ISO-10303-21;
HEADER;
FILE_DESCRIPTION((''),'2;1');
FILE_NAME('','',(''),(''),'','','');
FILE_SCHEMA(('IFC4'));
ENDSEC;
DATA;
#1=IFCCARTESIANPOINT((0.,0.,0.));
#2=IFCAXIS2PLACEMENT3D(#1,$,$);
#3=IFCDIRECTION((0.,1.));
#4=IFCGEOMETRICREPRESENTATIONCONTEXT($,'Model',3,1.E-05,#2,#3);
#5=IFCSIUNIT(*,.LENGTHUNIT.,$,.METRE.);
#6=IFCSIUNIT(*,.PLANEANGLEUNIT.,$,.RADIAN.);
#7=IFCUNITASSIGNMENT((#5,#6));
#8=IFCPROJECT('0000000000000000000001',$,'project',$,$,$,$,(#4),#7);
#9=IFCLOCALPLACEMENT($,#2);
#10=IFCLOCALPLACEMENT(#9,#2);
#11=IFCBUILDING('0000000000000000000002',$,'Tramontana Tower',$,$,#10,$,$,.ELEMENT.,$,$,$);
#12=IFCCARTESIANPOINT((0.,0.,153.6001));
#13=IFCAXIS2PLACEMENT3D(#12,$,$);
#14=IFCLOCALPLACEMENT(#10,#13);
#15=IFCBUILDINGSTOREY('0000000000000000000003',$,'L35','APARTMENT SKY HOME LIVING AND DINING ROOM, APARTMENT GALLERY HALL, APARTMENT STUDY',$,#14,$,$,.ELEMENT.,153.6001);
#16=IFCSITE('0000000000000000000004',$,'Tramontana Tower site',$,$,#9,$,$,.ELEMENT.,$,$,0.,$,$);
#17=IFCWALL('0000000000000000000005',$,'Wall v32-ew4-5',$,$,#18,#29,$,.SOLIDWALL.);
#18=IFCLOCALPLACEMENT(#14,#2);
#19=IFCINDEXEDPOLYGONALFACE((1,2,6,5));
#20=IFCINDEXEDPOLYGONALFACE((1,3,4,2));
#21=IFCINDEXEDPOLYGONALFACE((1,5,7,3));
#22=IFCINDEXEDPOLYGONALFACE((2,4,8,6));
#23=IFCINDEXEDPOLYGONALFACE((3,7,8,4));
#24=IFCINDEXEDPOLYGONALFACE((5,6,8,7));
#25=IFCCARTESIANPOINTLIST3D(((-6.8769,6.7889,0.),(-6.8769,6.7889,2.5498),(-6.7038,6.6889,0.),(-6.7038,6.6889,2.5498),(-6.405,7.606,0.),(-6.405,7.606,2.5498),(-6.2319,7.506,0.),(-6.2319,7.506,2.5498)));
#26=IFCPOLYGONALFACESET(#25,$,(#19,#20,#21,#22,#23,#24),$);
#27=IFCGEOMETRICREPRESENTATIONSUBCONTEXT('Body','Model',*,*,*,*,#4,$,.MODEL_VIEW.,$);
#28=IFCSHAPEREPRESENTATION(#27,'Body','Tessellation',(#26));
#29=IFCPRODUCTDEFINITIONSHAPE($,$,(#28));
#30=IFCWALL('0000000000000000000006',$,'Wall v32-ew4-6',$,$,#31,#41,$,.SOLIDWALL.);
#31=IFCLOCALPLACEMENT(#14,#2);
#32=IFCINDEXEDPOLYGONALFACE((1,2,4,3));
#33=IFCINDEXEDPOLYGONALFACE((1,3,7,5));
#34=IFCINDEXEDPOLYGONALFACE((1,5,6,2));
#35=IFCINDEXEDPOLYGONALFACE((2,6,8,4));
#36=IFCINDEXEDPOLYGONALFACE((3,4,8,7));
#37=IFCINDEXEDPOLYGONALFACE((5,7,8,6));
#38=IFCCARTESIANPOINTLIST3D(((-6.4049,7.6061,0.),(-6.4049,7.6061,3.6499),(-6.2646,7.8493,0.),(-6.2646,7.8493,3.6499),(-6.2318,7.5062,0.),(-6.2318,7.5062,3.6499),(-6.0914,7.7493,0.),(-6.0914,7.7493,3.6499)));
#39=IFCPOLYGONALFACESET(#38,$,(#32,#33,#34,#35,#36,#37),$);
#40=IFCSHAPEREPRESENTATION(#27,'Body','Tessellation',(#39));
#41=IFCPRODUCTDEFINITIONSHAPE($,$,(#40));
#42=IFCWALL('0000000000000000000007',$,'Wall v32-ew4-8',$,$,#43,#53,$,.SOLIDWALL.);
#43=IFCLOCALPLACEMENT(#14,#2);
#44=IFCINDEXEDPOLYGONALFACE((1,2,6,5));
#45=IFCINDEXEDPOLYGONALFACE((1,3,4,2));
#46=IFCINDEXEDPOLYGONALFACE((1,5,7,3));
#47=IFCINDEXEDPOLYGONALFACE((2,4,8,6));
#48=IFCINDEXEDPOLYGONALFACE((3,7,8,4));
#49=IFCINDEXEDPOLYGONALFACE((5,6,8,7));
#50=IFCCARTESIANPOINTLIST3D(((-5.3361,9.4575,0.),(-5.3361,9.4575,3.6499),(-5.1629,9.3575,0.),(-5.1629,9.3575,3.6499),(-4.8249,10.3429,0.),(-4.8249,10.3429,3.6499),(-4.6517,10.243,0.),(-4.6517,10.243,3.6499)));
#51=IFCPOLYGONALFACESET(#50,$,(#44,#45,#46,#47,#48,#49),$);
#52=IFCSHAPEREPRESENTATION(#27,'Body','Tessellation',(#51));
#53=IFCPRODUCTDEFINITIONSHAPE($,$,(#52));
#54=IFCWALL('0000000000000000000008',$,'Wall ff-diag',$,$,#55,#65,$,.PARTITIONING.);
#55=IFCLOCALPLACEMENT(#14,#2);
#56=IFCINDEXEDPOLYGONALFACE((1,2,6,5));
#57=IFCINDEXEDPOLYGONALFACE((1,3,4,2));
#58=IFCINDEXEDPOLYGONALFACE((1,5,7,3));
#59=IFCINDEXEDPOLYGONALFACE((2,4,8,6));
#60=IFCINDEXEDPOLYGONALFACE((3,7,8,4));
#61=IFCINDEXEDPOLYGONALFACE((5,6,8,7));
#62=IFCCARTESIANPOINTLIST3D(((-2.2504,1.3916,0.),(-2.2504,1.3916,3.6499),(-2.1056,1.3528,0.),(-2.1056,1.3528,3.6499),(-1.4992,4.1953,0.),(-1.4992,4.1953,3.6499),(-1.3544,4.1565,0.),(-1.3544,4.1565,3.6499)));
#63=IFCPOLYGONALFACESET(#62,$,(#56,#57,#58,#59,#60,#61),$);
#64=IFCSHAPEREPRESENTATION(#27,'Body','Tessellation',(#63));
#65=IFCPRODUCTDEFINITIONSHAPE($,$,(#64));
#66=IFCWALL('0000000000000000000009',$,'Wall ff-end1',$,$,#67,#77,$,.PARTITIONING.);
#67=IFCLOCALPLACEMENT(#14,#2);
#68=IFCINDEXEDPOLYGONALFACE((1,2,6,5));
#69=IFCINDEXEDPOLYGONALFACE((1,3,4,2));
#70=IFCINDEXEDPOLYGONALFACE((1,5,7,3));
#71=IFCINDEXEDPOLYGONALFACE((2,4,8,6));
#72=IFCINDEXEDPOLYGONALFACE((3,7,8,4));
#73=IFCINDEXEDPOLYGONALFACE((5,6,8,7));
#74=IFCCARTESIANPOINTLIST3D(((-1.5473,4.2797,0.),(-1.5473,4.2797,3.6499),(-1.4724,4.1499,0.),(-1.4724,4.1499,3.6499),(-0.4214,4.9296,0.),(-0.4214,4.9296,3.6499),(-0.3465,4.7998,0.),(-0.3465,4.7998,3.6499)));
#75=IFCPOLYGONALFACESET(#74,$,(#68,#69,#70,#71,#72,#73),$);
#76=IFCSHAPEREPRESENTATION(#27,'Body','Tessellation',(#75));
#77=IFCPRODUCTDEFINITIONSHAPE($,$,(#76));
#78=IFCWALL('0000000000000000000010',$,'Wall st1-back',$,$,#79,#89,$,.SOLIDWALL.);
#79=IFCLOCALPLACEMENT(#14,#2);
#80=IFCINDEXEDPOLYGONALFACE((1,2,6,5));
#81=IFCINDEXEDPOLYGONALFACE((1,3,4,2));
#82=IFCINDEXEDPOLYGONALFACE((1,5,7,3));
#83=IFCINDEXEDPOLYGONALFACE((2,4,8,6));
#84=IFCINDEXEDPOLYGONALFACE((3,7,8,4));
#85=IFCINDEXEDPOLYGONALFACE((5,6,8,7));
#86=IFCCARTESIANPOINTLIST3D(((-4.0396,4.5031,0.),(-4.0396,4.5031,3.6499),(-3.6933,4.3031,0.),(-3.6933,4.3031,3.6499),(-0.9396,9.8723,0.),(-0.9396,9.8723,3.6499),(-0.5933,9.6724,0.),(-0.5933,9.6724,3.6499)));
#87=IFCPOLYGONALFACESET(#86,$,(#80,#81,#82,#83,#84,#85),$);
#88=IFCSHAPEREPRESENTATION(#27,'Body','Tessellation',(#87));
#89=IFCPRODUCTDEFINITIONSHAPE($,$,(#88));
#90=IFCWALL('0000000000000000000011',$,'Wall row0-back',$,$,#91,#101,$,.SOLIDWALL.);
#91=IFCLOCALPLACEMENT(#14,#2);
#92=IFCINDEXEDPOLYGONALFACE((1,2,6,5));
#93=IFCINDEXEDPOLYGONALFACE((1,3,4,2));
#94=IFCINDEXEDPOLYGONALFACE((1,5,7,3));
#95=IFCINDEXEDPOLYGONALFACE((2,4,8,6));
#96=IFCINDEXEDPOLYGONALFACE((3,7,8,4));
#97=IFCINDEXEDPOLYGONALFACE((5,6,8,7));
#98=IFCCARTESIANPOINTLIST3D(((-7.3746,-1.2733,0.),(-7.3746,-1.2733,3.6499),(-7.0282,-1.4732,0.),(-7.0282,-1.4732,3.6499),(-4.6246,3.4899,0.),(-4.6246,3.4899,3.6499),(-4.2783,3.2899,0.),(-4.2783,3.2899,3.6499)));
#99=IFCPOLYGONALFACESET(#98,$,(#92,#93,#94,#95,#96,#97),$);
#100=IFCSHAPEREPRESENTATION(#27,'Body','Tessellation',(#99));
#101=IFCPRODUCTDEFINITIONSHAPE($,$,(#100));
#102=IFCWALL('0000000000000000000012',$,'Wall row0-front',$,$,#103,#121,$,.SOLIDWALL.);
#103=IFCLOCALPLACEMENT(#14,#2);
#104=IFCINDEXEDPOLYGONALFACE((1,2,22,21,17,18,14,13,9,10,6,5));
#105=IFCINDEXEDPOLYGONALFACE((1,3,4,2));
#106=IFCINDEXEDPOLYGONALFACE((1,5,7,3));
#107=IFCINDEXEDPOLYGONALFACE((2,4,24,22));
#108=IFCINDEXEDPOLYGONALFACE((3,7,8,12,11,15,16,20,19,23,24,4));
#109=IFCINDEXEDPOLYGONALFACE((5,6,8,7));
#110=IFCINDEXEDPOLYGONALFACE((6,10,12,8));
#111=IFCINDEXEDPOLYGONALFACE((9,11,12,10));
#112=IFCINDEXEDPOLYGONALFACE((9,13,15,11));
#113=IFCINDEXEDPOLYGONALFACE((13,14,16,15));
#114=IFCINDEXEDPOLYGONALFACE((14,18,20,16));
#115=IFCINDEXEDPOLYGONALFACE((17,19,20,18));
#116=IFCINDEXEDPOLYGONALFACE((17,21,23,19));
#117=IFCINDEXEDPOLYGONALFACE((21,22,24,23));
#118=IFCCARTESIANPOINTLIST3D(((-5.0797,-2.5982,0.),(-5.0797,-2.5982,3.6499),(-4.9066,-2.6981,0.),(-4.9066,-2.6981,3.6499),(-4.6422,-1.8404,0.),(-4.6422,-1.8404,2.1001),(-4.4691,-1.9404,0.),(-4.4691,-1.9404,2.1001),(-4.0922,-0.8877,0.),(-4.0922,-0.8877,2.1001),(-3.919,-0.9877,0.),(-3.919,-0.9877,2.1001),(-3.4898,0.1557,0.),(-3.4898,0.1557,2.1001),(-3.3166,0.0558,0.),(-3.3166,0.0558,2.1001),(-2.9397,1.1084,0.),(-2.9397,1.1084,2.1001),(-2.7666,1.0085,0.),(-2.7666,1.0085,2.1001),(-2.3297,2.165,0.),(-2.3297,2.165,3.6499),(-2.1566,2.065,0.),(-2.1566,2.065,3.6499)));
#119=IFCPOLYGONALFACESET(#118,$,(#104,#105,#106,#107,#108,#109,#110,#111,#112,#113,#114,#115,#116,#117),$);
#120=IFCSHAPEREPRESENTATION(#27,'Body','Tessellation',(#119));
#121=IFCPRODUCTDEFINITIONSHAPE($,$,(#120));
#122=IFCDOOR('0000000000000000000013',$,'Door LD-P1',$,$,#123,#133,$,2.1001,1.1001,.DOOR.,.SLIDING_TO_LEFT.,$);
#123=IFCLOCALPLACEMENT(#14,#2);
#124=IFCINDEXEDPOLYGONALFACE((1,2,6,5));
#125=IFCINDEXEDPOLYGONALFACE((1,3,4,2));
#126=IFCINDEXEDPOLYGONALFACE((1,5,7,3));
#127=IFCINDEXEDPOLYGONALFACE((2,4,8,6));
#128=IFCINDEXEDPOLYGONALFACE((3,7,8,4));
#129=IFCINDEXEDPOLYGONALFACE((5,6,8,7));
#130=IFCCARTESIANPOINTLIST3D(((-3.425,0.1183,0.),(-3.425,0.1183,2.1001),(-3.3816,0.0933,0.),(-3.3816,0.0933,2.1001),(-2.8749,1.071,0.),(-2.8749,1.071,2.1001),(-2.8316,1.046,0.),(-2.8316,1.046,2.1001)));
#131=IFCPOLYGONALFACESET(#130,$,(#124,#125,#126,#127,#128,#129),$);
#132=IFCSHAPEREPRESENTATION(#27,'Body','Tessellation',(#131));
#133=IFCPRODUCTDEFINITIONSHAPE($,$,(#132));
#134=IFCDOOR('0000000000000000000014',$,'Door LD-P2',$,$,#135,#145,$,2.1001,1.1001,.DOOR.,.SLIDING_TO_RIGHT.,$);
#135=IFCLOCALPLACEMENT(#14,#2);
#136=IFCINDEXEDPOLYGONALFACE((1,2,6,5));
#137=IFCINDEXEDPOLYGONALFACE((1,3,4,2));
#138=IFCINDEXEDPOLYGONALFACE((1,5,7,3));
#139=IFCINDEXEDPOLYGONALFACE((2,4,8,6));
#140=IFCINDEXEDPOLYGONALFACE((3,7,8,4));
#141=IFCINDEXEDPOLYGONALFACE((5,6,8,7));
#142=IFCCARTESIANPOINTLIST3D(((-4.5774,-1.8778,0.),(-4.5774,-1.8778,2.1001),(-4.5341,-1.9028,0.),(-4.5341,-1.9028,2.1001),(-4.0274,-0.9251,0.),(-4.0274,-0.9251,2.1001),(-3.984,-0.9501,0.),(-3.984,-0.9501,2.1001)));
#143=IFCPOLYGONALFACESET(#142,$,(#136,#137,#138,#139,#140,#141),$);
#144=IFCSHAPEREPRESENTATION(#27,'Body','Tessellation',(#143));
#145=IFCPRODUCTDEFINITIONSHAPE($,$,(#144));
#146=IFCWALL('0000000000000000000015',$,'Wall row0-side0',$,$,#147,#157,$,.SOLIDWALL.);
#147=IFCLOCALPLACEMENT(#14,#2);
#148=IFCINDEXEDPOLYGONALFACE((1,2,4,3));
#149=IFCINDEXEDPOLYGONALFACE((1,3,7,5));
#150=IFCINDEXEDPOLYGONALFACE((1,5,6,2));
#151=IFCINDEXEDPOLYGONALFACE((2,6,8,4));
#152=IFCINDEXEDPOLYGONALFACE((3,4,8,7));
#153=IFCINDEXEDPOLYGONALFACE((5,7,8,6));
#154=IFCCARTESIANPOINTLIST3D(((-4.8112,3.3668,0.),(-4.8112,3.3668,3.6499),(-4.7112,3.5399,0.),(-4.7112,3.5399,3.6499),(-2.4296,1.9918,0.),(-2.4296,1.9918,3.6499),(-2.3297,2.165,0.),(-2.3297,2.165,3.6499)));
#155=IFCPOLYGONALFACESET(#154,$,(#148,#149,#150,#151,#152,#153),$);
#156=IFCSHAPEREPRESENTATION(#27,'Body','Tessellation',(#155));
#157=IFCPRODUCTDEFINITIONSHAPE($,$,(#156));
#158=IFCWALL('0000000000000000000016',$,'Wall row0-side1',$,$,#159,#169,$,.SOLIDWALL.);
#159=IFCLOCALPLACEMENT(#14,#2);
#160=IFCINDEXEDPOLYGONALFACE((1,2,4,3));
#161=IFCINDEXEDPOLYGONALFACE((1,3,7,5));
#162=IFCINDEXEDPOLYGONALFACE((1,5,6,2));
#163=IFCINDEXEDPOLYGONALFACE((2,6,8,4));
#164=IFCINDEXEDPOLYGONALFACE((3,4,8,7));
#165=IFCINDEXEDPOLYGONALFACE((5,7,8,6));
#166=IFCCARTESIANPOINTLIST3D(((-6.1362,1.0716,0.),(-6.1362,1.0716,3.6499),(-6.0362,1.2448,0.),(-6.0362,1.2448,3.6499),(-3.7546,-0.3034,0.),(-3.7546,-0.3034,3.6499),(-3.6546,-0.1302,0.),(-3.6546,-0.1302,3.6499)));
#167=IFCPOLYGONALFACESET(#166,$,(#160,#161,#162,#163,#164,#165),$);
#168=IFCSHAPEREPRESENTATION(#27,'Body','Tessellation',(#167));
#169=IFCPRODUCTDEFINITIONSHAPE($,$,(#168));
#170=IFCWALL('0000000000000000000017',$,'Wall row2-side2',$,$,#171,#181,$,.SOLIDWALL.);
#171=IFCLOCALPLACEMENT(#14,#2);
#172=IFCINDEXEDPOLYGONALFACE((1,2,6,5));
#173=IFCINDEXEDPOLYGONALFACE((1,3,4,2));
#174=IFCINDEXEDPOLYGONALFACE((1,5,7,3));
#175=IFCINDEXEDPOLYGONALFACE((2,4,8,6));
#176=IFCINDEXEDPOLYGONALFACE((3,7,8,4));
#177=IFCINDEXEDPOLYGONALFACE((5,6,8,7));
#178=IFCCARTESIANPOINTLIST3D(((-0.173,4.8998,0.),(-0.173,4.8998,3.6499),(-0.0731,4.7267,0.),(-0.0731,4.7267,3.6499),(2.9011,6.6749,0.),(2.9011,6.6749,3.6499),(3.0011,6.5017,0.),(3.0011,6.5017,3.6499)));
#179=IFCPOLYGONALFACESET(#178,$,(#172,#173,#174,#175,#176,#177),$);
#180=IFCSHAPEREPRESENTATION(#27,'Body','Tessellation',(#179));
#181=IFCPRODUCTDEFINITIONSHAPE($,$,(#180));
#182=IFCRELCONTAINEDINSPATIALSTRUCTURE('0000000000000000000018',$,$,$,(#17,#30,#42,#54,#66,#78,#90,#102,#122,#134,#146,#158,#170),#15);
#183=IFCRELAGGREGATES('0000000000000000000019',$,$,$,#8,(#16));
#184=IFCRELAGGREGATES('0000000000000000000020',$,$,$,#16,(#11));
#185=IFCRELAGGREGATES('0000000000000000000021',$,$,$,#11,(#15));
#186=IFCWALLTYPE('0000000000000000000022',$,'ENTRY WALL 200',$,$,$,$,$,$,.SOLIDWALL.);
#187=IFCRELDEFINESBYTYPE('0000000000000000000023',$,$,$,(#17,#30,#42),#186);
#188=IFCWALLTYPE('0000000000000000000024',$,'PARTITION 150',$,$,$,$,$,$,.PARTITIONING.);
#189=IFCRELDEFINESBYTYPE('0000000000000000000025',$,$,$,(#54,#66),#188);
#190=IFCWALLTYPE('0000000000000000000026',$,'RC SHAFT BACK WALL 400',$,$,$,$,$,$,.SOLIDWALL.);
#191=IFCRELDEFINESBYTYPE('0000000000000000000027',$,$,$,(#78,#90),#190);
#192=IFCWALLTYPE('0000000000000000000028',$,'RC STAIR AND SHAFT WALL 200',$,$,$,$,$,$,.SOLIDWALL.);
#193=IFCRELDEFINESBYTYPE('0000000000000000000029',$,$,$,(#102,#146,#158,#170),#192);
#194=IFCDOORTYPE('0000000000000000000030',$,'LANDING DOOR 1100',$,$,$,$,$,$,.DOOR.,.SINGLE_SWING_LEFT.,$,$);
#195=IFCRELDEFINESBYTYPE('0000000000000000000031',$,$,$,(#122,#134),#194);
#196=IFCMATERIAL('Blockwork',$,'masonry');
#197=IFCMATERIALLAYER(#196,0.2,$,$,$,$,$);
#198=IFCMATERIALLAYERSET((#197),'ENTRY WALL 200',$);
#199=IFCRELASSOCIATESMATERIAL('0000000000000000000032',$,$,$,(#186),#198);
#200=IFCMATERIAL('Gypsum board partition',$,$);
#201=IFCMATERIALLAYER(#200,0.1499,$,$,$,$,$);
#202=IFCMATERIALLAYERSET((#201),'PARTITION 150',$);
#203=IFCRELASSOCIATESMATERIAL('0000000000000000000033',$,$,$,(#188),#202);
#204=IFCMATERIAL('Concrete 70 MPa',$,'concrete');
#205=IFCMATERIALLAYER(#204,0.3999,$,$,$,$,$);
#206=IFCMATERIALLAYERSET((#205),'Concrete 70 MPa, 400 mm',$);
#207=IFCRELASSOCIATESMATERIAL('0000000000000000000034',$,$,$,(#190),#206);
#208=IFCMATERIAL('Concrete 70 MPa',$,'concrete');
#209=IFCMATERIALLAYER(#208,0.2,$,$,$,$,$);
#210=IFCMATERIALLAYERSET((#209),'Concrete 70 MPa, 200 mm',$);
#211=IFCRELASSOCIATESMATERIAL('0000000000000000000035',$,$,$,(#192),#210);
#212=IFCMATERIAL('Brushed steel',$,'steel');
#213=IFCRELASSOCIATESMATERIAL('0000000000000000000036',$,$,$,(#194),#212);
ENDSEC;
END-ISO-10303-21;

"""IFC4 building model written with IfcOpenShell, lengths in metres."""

from ifc_helpers import new_model, si_unit, direction, frame, frame_2d, origin, place, context, subcontext, project, spatial, rectangle, extrude, material, layer, layer_set, type_object, element, fill, save


model = new_model("IFC4")

# Units and contexts
model_context = context("Model", 3, precision=1e-05, world=origin(), true_north=direction((0.0, 1.0)))
body_context = subcontext(model_context, "Body", "Model", "MODEL_VIEW")
ifc_project = project(units=[si_unit("LENGTHUNIT", "METRE"), si_unit("PLANEANGLEUNIT", "RADIAN")], contexts=[model_context])

# Site, building, storey
site_placement = place(None, origin())
site = spatial("IfcSite", under=ifc_project, at=site_placement, Name="Tramontana Tower site", CompositionType="ELEMENT", RefElevation=0.0)
building_placement = place(site_placement, origin())
building = spatial("IfcBuilding", under=site, at=building_placement, Name="Tramontana Tower", CompositionType="ELEMENT")
storey_placement = place(building_placement, frame((0.0, 0.0, 153.6001)))
storey = spatial("IfcBuildingStorey", under=building, at=storey_placement, Name="L35", Description="APARTMENT SKY HOME LIVING AND DINING ROOM, APARTMENT GALLERY HALL, APARTMENT STUDY", CompositionType="ELEMENT", Elevation=153.6001)

# Walls
ifc_material_1 = material(Name="Blockwork", Category="masonry")
ifc_layer_1 = layer(ifc_material_1, 0.2)
ifc_layer_set_1 = layer_set([ifc_layer_1], Name="ENTRY WALL 200")
wall_type_1 = type_object("IfcWallType", Name="ENTRY WALL 200", PredefinedType="SOLIDWALL", material=ifc_layer_set_1)
wall_1_placement = place(storey_placement, frame((-6.7903, 6.739, 0.0), z_axis=(0.0, 0.0, 1.0), x_axis=(0.500118, 0.865957, 0.0)))
element("IfcWall", 1, at=wall_1_placement, inside=storey, type_object=wall_type_1, Name="Wall v32-ew4-5", PredefinedType="SOLIDWALL", context=body_context, shape_type="SweptSolid", body=[
    extrude(rectangle(XDim=0.9436, YDim=0.2, at=frame_2d((0.4717, 0.0))), origin(), (0.0, 0.0, 1.0), 2.5498),
])
wall_2_placement = place(storey_placement, frame((-6.3184, 7.5562, 0.0), z_axis=(0.0, 0.0, 1.0), x_axis=(0.499973, 0.866041, 0.0)))
element("IfcWall", 2, at=wall_2_placement, inside=storey, type_object=wall_type_1, Name="Wall v32-ew4-6", PredefinedType="SOLIDWALL", context=body_context, shape_type="SweptSolid", body=[
    extrude(rectangle(XDim=0.2808, YDim=0.2, at=frame_2d((0.1404, 0.0))), origin(), (0.0, 0.0, 1.0), 3.6499),
])

# Walls
wall_3_placement = place(storey_placement, frame((-5.2495, 9.4075, 0.0), z_axis=(0.0, 0.0, 1.0), x_axis=(0.499991, 0.866031, 0.0)))
element("IfcWall", 3, at=wall_3_placement, inside=storey, type_object=wall_type_1, Name="Wall v32-ew4-8", PredefinedType="SOLIDWALL", context=body_context, shape_type="SweptSolid", body=[
    extrude(rectangle(XDim=1.0225, YDim=0.2, at=frame_2d((0.5112, 0.0))), origin(), (0.0, 0.0, 1.0), 3.6499),
])
ifc_material_2 = material(Name="Gypsum board partition")
ifc_layer_2 = layer(ifc_material_2, 0.1499)
ifc_layer_set_2 = layer_set([ifc_layer_2], Name="PARTITION 150")
wall_type_2 = type_object("IfcWallType", Name="PARTITION 150", PredefinedType="PARTITIONING", material=ifc_layer_set_2)
wall_4_placement = place(storey_placement, frame((-2.178, 1.3723, 0.0), z_axis=(0.0, 0.0, 1.0), x_axis=(0.258809, 0.965929, 0.0)))
element("IfcWall", 4, at=wall_4_placement, inside=storey, type_object=wall_type_2, Name="Wall ff-diag", PredefinedType="PARTITIONING", context=body_context, shape_type="SweptSolid", body=[
    extrude(rectangle(XDim=2.9026, YDim=0.1499, at=frame_2d((1.4512, 0.0))), origin(), (0.0, 0.0, 1.0), 3.6499),
])
wall_5_placement = place(storey_placement, frame((-1.5098, 4.2148, 0.0), z_axis=(0.0, 0.0, 1.0), x_axis=(0.866086, 0.499896, 0.0)))
element("IfcWall", 5, at=wall_5_placement, inside=storey, type_object=wall_type_2, Name="Wall ff-end1", PredefinedType="PARTITIONING", context=body_context, shape_type="SweptSolid", body=[
    extrude(rectangle(XDim=1.3, YDim=0.1499, at=frame_2d((0.6499, 0.0))), origin(), (0.0, 0.0, 1.0), 3.6499),
])
ifc_material_3 = material(Name="Concrete 70 MPa", Category="concrete")
ifc_layer_3 = layer(ifc_material_3, 0.3999)
ifc_layer_set_3 = layer_set([ifc_layer_3], Name="Concrete 70 MPa, 400 mm")
wall_type_3 = type_object("IfcWallType", Name="RC SHAFT BACK WALL 400", PredefinedType="SOLIDWALL", material=ifc_layer_set_3)
wall_6_placement = place(storey_placement, frame((-0.7664, 9.7725, 0.0), z_axis=(0.0, 0.0, 1.0), x_axis=(-0.50001, -0.86602, 0.0)))
element("IfcWall", 6, at=wall_6_placement, inside=storey, type_object=wall_type_3, Name="Wall st1-back", PredefinedType="SOLIDWALL", context=body_context, shape_type="SweptSolid", body=[
    extrude(rectangle(XDim=6.2, YDim=0.3999, at=frame_2d((3.1001, 0.0))), origin(), (0.0, 0.0, 1.0), 3.6499),
])
wall_7_placement = place(storey_placement, frame((-4.4514, 3.3899, 0.0), z_axis=(0.0, 0.0, 1.0), x_axis=(-0.499997, -0.866027, 0.0)))
element("IfcWall", 7, at=wall_7_placement, inside=storey, type_object=wall_type_3, Name="Wall row0-back", PredefinedType="SOLIDWALL", context=body_context, shape_type="SweptSolid", body=[
    extrude(rectangle(XDim=5.5, YDim=0.3999, at=frame_2d((2.75, 0.0))), origin(), (0.0, 0.0, 1.0), 3.6499),
])

# Shared definitions
ifc_material_4 = material(Name="Concrete 70 MPa", Category="concrete")
ifc_layer_4 = layer(ifc_material_4, 0.2)
ifc_layer_set_4 = layer_set([ifc_layer_4], Name="Concrete 70 MPa, 200 mm")
wall_type_4 = type_object("IfcWallType", Name="RC STAIR AND SHAFT WALL 200", PredefinedType="SOLIDWALL", material=ifc_layer_set_4)

# Wall, openings, doors
wall_8_placement = place(storey_placement, frame((-2.2432, 2.115, 0.0), z_axis=(0.0, 0.0, 1.0), x_axis=(-0.499997, -0.866027, 0.0)))
wall_8 = element("IfcWall", 8, at=wall_8_placement, inside=storey, type_object=wall_type_4, Name="Wall row0-front", PredefinedType="SOLIDWALL", context=body_context, shape_type="SweptSolid", body=[
    extrude(rectangle(XDim=5.5, YDim=0.2, at=frame_2d((2.75, 0.0))), origin(), (0.0, 0.0, 1.0), 3.6499),
])
opening_1_placement = place(wall_8_placement, frame((1.22, 0.0, 0.0)))
opening_1 = element("IfcOpeningElement", 9, at=opening_1_placement, cuts=wall_8, PredefinedType="OPENING", context=body_context, shape_type="SweptSolid", body=[
    extrude(rectangle(XDim=1.1001, YDim=2.1001, at=frame_2d((0.55, 1.05))), frame((0.0, 0.1099, 0.0), z_axis=(0.0, -1.0, 0.0), x_axis=(1.0, 0.0, 0.0)), (0.0, 0.0, 1.0), 0.22),
])
opening_2_placement = place(wall_8_placement, frame((3.5249, 0.0, 0.0)))
opening_2 = element("IfcOpeningElement", 10, at=opening_2_placement, cuts=wall_8, PredefinedType="OPENING", context=body_context, shape_type="SweptSolid", body=[
    extrude(rectangle(XDim=1.1001, YDim=2.1001, at=frame_2d((0.55, 1.05))), frame((0.0, 0.1099, 0.0), z_axis=(0.0, -1.0, 0.0), x_axis=(1.0, 0.0, 0.0)), (0.0, 0.0, 1.0), 0.22),
])
ifc_material_5 = material(Name="Brushed steel", Category="steel")
door_type_1 = type_object("IfcDoorType", Name="LANDING DOOR 1100", OperationType="SINGLE_SWING_LEFT", PredefinedType="DOOR", material=ifc_material_5)
door_1_placement = place(opening_1_placement, origin())
door_1 = element("IfcDoor", 11, at=door_1_placement, inside=storey, type_object=door_type_1, Name="Door LD-P1", OperationType="SLIDING_TO_LEFT", OverallHeight=2.1001, OverallWidth=1.1001, PredefinedType="DOOR", context=body_context, shape_type="SweptSolid", body=[
    extrude(rectangle(XDim=1.1001, YDim=2.1001, at=frame_2d((0.55, 1.05))), frame((0.0, 0.0249, 0.0), z_axis=(0.0, -1.0, 0.0), x_axis=(1.0, 0.0, 0.0)), (0.0, 0.0, 1.0), 0.05),
])
fill(opening_1, door_1)
door_2_placement = place(opening_2_placement, origin())
door_2 = element("IfcDoor", 12, at=door_2_placement, inside=storey, type_object=door_type_1, Name="Door LD-P2", OperationType="SLIDING_TO_RIGHT", OverallHeight=2.1001, OverallWidth=1.1001, PredefinedType="DOOR", context=body_context, shape_type="SweptSolid", body=[
    extrude(rectangle(XDim=1.1001, YDim=2.1001, at=frame_2d((0.55, 1.05))), frame((0.0, 0.0249, 0.0), z_axis=(0.0, -1.0, 0.0), x_axis=(1.0, 0.0, 0.0)), (0.0, 0.0, 1.0), 0.05),
])
fill(opening_2, door_2)

# Walls
for number, where, z_axis, x_axis, name in (
    (13, (-2.3796, 2.0784, 0.0), (0.0, 0.0, 1.0), (-0.866027, 0.499997, 0.0), "Wall row0-side0"),
    (14, (-3.7046, -0.2168, 0.0), (0.0, 0.0, 1.0), (-0.866027, 0.499997, 0.0), "Wall row0-side1"),
):
    element("IfcWall", number, at=place(storey_placement, frame(where, z_axis=z_axis, x_axis=x_axis)), inside=storey, type_object=wall_type_4, Name=name, PredefinedType="SOLIDWALL", context=body_context, shape_type="SweptSolid", body=[
        extrude(rectangle(XDim=2.75, YDim=0.2, at=frame_2d((1.375, 0.0))), origin(), (0.0, 0.0, 1.0), 3.6499),
    ])
wall_9_placement = place(storey_placement, frame((-0.123, 4.8132, 0.0), z_axis=(0.0, 0.0, 1.0), x_axis=(0.865995, 0.500052, 0.0)))
element("IfcWall", 15, at=wall_9_placement, inside=storey, type_object=wall_type_4, Name="Wall row2-side2", PredefinedType="SOLIDWALL", context=body_context, shape_type="SweptSolid", body=[
    extrude(rectangle(XDim=3.5498, YDim=0.2, at=frame_2d((1.7749, 0.0))), origin(), (0.0, 0.0, 1.0), 3.6499),
])

save(model, "model.ifc")
